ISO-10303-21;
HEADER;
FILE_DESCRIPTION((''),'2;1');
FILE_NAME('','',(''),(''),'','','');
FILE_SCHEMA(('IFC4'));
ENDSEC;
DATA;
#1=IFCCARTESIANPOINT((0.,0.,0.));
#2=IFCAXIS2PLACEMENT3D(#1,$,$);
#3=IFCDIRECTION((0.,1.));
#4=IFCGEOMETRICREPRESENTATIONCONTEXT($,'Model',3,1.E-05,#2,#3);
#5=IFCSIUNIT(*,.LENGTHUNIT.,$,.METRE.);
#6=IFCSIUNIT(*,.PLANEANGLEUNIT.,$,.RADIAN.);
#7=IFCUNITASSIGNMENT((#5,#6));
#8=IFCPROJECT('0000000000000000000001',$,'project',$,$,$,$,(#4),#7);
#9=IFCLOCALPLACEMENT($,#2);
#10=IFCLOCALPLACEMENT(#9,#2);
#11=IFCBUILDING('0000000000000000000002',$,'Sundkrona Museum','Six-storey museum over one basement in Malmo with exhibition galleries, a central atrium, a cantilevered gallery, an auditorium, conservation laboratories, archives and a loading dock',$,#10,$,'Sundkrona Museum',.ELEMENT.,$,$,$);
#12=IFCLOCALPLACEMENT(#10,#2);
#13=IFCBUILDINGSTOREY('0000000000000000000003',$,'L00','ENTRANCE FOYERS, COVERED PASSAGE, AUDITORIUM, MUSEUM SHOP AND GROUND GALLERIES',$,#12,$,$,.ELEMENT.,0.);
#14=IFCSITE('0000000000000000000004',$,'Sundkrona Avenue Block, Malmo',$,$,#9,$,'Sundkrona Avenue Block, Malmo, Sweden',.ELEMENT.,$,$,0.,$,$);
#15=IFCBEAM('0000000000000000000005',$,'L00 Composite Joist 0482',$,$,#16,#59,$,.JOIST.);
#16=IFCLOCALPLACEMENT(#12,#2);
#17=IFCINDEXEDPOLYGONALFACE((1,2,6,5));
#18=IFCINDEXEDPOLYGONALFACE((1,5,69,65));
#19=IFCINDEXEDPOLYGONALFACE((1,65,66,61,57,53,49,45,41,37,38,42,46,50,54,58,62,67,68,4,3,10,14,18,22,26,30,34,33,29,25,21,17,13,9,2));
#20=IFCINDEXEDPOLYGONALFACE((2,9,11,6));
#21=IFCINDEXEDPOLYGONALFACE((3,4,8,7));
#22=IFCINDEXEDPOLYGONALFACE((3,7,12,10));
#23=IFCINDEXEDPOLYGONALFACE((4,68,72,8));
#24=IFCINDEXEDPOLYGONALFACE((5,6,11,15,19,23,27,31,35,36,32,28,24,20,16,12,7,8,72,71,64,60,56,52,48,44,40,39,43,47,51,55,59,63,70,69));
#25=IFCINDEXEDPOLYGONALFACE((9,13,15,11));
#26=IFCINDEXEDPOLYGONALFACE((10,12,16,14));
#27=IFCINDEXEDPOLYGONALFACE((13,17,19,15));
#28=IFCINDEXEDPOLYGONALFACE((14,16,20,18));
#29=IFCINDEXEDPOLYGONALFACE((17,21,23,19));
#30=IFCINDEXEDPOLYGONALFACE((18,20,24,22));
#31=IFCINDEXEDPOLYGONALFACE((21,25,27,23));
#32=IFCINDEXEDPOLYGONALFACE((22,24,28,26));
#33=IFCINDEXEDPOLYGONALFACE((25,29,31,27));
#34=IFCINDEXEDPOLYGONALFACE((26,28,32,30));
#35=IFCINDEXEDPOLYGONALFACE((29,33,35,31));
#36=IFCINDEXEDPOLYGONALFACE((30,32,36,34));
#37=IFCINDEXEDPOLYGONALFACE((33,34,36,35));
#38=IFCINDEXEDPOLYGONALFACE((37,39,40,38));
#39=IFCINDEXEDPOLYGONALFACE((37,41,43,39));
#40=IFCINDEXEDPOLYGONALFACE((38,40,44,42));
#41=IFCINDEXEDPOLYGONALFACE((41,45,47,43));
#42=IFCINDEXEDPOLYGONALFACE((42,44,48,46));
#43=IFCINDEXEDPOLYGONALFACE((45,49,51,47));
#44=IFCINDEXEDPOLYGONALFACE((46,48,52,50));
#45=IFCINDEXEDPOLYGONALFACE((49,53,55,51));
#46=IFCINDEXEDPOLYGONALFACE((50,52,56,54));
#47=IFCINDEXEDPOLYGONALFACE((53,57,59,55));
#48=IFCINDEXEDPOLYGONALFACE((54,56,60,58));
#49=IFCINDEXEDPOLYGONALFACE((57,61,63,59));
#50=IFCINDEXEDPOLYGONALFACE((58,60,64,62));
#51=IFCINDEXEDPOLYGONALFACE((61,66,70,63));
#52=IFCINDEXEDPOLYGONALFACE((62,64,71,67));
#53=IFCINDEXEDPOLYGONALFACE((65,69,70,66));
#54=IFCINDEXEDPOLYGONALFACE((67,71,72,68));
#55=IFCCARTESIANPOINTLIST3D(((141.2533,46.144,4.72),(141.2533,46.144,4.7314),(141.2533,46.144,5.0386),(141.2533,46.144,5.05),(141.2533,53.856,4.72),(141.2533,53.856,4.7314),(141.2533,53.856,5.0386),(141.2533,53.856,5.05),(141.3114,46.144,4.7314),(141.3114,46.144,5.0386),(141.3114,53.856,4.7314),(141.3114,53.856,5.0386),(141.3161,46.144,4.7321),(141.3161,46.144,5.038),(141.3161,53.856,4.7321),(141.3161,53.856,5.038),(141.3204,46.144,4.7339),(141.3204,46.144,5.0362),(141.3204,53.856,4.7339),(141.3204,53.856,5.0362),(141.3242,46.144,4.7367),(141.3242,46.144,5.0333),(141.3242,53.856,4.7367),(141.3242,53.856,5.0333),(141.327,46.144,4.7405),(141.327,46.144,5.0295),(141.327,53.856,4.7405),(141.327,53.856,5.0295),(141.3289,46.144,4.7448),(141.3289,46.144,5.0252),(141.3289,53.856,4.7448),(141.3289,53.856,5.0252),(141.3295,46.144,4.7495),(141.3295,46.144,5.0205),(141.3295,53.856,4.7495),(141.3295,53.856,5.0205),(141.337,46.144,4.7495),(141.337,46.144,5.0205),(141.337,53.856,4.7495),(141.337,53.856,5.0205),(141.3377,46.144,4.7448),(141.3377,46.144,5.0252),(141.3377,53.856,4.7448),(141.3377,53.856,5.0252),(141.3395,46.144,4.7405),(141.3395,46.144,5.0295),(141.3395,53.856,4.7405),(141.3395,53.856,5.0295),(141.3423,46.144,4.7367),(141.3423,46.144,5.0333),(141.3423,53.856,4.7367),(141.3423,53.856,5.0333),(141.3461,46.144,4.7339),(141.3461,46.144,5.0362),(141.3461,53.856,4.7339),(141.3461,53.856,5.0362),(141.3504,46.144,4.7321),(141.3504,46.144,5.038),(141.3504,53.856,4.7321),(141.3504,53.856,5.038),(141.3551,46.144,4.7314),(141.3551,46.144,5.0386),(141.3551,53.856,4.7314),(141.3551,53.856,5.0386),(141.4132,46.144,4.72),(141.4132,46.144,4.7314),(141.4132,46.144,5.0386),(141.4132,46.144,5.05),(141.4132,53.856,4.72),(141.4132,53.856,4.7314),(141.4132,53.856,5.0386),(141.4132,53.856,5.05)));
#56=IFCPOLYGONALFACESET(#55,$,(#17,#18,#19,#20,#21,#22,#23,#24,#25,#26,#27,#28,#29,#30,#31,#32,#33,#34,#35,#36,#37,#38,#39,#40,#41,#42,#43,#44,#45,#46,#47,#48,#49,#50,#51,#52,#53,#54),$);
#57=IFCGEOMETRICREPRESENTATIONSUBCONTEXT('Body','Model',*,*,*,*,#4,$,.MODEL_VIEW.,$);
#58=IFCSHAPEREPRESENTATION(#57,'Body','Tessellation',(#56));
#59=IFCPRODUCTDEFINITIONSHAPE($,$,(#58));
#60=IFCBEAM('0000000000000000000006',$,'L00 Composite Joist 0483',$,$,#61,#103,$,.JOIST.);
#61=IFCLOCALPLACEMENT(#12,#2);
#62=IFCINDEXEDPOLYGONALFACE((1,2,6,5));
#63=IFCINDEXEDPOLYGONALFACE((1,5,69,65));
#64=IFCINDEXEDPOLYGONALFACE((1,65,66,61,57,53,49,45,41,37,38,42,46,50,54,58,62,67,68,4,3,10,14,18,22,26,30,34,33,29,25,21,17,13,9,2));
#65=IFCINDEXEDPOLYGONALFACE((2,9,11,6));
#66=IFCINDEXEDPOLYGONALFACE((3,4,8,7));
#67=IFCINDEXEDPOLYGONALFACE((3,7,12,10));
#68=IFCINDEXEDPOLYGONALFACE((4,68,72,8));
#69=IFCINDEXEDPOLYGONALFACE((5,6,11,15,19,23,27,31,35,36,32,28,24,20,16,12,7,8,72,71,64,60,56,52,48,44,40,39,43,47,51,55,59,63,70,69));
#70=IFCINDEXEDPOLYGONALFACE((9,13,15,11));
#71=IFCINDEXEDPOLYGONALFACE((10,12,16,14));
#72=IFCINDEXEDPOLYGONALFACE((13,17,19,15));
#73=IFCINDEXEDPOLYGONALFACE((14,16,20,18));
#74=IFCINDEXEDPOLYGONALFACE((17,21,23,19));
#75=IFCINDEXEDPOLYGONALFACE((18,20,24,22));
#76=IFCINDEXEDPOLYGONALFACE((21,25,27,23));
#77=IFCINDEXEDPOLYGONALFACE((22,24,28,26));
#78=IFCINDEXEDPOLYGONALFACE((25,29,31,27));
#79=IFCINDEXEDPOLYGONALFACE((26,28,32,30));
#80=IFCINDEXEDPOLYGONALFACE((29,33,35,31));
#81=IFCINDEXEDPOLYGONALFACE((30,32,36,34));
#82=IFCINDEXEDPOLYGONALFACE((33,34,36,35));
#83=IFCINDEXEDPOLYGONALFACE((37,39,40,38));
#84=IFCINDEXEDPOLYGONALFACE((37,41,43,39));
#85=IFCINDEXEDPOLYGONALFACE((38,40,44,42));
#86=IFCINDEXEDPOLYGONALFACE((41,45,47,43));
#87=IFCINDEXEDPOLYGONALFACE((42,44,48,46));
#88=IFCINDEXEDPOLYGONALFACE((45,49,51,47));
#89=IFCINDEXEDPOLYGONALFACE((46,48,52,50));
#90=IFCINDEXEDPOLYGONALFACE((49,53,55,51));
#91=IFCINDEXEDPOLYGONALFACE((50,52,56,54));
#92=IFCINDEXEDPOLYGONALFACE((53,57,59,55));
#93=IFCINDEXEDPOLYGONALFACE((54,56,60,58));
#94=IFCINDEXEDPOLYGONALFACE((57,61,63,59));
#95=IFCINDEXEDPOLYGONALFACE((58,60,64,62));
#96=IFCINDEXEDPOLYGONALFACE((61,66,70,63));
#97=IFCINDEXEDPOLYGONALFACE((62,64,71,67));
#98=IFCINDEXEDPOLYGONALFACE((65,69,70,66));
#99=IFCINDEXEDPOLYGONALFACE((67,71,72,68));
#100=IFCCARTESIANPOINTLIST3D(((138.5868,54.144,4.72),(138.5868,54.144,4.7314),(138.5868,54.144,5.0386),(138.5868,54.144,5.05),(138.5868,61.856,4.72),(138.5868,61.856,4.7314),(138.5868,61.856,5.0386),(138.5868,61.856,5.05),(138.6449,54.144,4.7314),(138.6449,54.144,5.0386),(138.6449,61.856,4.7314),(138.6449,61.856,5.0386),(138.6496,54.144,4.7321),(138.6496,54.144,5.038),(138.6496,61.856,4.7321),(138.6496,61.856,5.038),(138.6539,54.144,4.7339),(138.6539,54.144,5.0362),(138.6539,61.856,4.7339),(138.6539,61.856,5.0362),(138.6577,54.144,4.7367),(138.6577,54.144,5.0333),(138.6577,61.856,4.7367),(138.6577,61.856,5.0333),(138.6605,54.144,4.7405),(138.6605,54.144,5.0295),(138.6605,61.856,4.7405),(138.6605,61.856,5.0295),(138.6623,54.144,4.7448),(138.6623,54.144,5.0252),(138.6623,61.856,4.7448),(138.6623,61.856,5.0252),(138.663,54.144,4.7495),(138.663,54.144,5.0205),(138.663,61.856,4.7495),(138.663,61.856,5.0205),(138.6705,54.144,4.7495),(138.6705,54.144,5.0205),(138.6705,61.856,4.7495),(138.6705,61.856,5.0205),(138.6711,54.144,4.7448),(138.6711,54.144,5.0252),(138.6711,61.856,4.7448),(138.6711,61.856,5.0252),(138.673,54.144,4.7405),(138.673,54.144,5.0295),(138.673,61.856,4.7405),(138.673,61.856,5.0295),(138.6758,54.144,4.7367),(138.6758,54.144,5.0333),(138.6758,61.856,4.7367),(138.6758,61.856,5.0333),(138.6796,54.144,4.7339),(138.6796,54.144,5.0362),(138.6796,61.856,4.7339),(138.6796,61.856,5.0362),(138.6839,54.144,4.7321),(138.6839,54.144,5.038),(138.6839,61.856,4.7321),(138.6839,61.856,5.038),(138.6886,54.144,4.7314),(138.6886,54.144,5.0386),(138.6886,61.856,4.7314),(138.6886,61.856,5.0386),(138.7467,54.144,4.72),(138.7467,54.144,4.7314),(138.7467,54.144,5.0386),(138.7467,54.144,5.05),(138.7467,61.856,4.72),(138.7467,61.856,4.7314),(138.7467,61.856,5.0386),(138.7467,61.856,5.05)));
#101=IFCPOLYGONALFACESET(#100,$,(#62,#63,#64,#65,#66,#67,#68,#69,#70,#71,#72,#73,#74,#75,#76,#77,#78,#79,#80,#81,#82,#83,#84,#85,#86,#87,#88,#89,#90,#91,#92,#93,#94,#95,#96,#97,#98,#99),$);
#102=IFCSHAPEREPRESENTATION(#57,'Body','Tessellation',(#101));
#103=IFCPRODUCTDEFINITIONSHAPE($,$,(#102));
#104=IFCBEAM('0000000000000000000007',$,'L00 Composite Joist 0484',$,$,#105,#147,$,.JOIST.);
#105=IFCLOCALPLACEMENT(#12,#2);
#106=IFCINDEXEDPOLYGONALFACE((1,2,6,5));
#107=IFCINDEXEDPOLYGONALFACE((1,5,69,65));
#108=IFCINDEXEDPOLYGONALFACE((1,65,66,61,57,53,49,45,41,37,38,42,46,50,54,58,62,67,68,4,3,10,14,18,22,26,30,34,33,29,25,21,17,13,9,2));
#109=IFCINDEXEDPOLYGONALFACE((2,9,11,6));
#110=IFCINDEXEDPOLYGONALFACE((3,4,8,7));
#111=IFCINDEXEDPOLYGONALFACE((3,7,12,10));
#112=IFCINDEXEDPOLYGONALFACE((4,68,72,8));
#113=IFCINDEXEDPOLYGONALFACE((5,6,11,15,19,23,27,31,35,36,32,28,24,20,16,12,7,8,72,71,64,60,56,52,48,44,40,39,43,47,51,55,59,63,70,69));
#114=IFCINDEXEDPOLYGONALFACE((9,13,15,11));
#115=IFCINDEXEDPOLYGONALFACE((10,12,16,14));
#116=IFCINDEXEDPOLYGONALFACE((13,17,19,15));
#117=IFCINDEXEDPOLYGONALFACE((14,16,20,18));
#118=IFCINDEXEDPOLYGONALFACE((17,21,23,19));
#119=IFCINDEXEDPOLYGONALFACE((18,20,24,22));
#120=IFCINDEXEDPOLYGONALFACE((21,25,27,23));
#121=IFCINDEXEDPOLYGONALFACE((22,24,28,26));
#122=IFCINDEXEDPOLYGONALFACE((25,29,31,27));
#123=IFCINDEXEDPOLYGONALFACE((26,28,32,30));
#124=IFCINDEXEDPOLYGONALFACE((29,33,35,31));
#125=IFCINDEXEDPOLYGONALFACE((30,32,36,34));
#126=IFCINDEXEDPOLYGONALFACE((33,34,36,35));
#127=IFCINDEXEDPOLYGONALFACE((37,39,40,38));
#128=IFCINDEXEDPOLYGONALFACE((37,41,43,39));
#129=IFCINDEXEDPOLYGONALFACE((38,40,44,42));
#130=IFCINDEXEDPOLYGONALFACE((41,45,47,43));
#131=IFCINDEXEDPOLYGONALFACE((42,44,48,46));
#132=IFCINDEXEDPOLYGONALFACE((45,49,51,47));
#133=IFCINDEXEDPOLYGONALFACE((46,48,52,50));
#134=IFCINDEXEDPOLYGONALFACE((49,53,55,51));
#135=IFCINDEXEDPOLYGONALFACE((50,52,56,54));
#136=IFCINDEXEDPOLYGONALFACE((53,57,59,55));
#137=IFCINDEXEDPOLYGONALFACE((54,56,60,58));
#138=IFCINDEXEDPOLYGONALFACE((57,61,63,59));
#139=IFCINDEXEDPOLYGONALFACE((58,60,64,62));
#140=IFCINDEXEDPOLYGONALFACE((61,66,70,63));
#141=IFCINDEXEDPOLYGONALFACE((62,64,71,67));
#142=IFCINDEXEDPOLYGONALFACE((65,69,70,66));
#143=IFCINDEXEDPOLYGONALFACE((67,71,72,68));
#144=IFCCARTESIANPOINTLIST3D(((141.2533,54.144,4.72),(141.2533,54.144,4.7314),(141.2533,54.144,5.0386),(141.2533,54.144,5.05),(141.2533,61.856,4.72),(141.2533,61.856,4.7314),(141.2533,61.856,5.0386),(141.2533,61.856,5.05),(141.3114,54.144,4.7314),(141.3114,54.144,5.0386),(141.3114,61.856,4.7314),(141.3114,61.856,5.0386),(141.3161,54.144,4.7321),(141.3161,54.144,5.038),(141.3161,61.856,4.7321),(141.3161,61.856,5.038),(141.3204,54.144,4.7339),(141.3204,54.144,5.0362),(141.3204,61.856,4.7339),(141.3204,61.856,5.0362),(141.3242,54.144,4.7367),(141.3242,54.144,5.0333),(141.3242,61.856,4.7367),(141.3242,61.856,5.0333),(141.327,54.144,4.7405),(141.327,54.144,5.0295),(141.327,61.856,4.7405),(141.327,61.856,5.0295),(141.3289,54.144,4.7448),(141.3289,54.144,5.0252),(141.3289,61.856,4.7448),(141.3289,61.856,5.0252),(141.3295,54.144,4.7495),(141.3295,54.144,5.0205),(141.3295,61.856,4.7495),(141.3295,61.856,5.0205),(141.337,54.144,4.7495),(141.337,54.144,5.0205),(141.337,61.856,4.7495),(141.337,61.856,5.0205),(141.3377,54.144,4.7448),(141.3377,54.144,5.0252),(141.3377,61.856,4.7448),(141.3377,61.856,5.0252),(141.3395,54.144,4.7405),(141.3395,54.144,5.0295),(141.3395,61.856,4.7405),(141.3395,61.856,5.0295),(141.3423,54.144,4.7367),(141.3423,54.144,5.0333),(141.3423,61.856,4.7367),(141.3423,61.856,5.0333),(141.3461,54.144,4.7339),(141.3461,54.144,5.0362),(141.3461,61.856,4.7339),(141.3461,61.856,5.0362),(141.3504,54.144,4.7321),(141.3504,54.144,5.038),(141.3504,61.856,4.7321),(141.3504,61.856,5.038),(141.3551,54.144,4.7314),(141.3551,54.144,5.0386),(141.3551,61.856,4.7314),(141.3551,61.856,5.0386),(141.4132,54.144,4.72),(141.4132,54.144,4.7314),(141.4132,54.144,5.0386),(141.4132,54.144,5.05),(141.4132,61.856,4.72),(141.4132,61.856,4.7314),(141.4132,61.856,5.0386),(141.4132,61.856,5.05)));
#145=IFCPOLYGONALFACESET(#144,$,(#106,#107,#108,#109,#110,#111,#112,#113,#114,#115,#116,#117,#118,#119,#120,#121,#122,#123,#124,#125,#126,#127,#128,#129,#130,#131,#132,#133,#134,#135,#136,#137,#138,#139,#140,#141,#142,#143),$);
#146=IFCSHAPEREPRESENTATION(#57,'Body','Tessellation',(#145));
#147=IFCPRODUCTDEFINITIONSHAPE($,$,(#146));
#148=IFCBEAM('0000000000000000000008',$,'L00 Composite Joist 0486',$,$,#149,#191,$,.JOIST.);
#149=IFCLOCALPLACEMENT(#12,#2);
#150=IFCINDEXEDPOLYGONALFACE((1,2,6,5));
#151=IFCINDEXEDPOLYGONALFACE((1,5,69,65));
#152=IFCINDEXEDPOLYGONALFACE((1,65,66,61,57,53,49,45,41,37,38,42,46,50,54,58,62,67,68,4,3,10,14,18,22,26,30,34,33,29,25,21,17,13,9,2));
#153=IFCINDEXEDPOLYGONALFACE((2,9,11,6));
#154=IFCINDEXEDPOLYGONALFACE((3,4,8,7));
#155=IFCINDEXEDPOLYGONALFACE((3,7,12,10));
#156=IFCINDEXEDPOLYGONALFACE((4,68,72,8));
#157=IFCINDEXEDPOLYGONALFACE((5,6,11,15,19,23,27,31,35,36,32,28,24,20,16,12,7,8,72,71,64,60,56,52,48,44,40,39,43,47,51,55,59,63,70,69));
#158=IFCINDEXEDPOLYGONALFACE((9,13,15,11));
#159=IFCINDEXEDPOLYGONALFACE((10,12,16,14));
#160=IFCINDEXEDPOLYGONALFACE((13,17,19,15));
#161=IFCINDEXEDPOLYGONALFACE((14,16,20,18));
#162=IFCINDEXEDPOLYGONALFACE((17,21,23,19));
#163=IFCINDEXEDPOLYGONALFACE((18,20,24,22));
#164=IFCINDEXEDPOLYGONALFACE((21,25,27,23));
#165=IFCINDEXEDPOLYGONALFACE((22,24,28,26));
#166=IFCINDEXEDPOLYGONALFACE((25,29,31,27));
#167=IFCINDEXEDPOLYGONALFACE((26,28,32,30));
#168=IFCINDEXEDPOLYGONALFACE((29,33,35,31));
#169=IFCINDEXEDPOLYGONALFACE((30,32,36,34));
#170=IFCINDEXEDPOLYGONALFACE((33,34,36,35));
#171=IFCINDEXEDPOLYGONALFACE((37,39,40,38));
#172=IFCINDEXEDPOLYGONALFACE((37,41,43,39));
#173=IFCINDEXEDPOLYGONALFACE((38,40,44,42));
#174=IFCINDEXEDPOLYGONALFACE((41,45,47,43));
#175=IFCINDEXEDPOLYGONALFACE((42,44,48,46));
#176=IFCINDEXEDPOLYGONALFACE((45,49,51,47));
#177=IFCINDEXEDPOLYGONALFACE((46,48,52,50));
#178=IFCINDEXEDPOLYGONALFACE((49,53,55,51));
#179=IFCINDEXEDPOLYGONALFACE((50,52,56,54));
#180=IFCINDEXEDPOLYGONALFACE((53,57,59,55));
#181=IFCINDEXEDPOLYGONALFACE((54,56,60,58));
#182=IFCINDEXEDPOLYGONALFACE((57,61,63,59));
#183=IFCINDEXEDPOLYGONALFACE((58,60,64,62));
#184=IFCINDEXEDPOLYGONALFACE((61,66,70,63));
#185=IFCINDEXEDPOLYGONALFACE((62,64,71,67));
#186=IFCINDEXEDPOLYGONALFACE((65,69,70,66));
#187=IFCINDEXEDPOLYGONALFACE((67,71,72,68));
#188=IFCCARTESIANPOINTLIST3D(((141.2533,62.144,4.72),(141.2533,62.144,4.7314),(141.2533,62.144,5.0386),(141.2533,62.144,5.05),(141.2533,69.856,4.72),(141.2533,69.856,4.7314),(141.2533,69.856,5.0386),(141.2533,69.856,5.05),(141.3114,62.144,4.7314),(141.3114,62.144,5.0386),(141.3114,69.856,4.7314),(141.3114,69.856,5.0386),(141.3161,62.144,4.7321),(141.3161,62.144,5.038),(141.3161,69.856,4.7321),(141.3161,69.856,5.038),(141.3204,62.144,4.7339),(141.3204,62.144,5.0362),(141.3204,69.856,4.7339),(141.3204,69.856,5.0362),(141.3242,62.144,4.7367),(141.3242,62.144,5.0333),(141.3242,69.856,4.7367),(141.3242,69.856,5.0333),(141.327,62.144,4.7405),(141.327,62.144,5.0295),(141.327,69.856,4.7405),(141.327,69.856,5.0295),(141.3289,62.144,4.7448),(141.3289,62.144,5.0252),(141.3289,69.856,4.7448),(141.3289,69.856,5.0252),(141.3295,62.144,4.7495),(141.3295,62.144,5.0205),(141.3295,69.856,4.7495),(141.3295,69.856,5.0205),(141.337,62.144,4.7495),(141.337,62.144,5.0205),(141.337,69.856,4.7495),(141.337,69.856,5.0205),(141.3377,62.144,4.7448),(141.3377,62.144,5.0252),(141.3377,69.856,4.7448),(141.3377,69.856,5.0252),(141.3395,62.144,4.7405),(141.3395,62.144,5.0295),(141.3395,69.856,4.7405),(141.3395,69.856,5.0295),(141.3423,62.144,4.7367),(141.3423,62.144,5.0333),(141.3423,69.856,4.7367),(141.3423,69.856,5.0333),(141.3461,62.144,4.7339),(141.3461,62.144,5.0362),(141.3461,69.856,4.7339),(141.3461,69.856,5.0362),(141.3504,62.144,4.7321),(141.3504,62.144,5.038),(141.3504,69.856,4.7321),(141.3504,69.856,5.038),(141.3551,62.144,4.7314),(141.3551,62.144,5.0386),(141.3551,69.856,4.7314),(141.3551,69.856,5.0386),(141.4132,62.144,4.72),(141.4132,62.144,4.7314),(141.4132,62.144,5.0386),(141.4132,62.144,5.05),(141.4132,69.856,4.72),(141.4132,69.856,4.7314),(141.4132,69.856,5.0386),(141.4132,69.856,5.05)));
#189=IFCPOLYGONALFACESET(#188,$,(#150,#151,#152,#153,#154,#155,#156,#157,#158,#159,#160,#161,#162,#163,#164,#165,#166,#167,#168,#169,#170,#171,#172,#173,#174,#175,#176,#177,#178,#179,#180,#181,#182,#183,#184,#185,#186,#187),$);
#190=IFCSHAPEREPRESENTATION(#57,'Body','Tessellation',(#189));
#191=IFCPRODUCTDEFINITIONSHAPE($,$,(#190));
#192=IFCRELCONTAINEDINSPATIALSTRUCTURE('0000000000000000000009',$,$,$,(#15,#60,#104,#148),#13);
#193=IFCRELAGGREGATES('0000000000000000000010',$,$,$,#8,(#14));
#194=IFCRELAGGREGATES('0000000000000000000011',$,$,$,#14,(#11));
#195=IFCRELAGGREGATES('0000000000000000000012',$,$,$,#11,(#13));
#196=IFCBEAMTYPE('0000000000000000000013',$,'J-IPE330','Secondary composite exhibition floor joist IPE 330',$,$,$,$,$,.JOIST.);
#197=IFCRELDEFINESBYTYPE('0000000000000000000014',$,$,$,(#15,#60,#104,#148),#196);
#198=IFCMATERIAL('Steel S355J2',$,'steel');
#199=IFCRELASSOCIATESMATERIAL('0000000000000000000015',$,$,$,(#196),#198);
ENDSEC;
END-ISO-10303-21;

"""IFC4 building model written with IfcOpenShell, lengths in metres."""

from ifc_helpers import new_model, si_unit, direction, frame, origin, origin_2d, place, context, subcontext, project, spatial, i_section, extrude, material, material_profile, profile_set, type_object, element, save


model = new_model("IFC4")

# Units and contexts
model_context = context("Model", 3, precision=1e-05, world=origin(), true_north=direction((0.0, 1.0)))
body_context = subcontext(model_context, "Body", "Model", "MODEL_VIEW")
ifc_project = project(units=[si_unit("LENGTHUNIT", "METRE"), si_unit("PLANEANGLEUNIT", "RADIAN")], contexts=[model_context])

# Site, building, storey
site_placement = place(None, origin())
site = spatial("IfcSite", under=ifc_project, at=site_placement, Name="Sundkrona Avenue Block, Malmo", LongName="Sundkrona Avenue Block, Malmo, Sweden", CompositionType="ELEMENT", RefElevation=0.0)
building_placement = place(site_placement, origin())
building = spatial("IfcBuilding", under=site, at=building_placement, Name="Sundkrona Museum", Description="Six-storey museum over one basement in Malmo with exhibition galleries, a central atrium, a cantilevered gallery, an auditorium, conservation laboratories, archives and a loading dock", LongName="Sundkrona Museum", CompositionType="ELEMENT")
storey_placement = place(building_placement, origin())
storey = spatial("IfcBuildingStorey", under=building, at=storey_placement, Name="L00", Description="ENTRANCE FOYERS, COVERED PASSAGE, AUDITORIUM, MUSEUM SHOP AND GROUND GALLERIES", CompositionType="ELEMENT", Elevation=0.0)

# Shared definitions
ifc_material_1 = material(Name="Steel S355J2", Category="steel")

# Beams
ifc_material_profile_1 = material_profile(ifc_material_1, i_section(OverallWidth=0.1599, OverallDepth=0.3301, WebThickness=0.0076, FlangeThickness=0.0115, FilletRadius=0.0181, at=origin_2d()), Name="IPE 330")
ifc_profile_set_1 = profile_set([ifc_material_profile_1], Name="Steel S355J2")
beam_type_1 = type_object("IfcBeamType", Name="J-IPE330", Description="Secondary composite exhibition floor joist IPE 330", PredefinedType="JOIST", material=ifc_profile_set_1)
for number, where, z_axis, x_axis, name in (
    (1, (141.3333, 46.144, 4.885), (0.0, 1.0, 0.0), (-1.0, 0.0, 0.0), "L00 Composite Joist 0482"),
    (2, (138.6667, 54.144, 4.885), (0.0, 1.0, 0.0), (-1.0, 0.0, 0.0), "L00 Composite Joist 0483"),
    (3, (141.3333, 54.144, 4.885), (0.0, 1.0, 0.0), (-1.0, 0.0, 0.0), "L00 Composite Joist 0484"),
    (4, (141.3333, 62.144, 4.885), (0.0, 1.0, 0.0), (-1.0, 0.0, 0.0), "L00 Composite Joist 0486"),
):
    element("IfcBeam", number, at=place(storey_placement, frame(where, z_axis=z_axis, x_axis=x_axis)), inside=storey, type_object=beam_type_1, Name=name, PredefinedType="JOIST", context=body_context, shape_type="SweptSolid", body=[
        extrude(i_section(OverallWidth=0.1599, OverallDepth=0.3301, WebThickness=0.0076, FlangeThickness=0.0115, FilletRadius=0.0181, at=origin_2d()), origin(), (0.0, 0.0, 1.0), 7.7119),
    ])

save(model, "model.ifc")
